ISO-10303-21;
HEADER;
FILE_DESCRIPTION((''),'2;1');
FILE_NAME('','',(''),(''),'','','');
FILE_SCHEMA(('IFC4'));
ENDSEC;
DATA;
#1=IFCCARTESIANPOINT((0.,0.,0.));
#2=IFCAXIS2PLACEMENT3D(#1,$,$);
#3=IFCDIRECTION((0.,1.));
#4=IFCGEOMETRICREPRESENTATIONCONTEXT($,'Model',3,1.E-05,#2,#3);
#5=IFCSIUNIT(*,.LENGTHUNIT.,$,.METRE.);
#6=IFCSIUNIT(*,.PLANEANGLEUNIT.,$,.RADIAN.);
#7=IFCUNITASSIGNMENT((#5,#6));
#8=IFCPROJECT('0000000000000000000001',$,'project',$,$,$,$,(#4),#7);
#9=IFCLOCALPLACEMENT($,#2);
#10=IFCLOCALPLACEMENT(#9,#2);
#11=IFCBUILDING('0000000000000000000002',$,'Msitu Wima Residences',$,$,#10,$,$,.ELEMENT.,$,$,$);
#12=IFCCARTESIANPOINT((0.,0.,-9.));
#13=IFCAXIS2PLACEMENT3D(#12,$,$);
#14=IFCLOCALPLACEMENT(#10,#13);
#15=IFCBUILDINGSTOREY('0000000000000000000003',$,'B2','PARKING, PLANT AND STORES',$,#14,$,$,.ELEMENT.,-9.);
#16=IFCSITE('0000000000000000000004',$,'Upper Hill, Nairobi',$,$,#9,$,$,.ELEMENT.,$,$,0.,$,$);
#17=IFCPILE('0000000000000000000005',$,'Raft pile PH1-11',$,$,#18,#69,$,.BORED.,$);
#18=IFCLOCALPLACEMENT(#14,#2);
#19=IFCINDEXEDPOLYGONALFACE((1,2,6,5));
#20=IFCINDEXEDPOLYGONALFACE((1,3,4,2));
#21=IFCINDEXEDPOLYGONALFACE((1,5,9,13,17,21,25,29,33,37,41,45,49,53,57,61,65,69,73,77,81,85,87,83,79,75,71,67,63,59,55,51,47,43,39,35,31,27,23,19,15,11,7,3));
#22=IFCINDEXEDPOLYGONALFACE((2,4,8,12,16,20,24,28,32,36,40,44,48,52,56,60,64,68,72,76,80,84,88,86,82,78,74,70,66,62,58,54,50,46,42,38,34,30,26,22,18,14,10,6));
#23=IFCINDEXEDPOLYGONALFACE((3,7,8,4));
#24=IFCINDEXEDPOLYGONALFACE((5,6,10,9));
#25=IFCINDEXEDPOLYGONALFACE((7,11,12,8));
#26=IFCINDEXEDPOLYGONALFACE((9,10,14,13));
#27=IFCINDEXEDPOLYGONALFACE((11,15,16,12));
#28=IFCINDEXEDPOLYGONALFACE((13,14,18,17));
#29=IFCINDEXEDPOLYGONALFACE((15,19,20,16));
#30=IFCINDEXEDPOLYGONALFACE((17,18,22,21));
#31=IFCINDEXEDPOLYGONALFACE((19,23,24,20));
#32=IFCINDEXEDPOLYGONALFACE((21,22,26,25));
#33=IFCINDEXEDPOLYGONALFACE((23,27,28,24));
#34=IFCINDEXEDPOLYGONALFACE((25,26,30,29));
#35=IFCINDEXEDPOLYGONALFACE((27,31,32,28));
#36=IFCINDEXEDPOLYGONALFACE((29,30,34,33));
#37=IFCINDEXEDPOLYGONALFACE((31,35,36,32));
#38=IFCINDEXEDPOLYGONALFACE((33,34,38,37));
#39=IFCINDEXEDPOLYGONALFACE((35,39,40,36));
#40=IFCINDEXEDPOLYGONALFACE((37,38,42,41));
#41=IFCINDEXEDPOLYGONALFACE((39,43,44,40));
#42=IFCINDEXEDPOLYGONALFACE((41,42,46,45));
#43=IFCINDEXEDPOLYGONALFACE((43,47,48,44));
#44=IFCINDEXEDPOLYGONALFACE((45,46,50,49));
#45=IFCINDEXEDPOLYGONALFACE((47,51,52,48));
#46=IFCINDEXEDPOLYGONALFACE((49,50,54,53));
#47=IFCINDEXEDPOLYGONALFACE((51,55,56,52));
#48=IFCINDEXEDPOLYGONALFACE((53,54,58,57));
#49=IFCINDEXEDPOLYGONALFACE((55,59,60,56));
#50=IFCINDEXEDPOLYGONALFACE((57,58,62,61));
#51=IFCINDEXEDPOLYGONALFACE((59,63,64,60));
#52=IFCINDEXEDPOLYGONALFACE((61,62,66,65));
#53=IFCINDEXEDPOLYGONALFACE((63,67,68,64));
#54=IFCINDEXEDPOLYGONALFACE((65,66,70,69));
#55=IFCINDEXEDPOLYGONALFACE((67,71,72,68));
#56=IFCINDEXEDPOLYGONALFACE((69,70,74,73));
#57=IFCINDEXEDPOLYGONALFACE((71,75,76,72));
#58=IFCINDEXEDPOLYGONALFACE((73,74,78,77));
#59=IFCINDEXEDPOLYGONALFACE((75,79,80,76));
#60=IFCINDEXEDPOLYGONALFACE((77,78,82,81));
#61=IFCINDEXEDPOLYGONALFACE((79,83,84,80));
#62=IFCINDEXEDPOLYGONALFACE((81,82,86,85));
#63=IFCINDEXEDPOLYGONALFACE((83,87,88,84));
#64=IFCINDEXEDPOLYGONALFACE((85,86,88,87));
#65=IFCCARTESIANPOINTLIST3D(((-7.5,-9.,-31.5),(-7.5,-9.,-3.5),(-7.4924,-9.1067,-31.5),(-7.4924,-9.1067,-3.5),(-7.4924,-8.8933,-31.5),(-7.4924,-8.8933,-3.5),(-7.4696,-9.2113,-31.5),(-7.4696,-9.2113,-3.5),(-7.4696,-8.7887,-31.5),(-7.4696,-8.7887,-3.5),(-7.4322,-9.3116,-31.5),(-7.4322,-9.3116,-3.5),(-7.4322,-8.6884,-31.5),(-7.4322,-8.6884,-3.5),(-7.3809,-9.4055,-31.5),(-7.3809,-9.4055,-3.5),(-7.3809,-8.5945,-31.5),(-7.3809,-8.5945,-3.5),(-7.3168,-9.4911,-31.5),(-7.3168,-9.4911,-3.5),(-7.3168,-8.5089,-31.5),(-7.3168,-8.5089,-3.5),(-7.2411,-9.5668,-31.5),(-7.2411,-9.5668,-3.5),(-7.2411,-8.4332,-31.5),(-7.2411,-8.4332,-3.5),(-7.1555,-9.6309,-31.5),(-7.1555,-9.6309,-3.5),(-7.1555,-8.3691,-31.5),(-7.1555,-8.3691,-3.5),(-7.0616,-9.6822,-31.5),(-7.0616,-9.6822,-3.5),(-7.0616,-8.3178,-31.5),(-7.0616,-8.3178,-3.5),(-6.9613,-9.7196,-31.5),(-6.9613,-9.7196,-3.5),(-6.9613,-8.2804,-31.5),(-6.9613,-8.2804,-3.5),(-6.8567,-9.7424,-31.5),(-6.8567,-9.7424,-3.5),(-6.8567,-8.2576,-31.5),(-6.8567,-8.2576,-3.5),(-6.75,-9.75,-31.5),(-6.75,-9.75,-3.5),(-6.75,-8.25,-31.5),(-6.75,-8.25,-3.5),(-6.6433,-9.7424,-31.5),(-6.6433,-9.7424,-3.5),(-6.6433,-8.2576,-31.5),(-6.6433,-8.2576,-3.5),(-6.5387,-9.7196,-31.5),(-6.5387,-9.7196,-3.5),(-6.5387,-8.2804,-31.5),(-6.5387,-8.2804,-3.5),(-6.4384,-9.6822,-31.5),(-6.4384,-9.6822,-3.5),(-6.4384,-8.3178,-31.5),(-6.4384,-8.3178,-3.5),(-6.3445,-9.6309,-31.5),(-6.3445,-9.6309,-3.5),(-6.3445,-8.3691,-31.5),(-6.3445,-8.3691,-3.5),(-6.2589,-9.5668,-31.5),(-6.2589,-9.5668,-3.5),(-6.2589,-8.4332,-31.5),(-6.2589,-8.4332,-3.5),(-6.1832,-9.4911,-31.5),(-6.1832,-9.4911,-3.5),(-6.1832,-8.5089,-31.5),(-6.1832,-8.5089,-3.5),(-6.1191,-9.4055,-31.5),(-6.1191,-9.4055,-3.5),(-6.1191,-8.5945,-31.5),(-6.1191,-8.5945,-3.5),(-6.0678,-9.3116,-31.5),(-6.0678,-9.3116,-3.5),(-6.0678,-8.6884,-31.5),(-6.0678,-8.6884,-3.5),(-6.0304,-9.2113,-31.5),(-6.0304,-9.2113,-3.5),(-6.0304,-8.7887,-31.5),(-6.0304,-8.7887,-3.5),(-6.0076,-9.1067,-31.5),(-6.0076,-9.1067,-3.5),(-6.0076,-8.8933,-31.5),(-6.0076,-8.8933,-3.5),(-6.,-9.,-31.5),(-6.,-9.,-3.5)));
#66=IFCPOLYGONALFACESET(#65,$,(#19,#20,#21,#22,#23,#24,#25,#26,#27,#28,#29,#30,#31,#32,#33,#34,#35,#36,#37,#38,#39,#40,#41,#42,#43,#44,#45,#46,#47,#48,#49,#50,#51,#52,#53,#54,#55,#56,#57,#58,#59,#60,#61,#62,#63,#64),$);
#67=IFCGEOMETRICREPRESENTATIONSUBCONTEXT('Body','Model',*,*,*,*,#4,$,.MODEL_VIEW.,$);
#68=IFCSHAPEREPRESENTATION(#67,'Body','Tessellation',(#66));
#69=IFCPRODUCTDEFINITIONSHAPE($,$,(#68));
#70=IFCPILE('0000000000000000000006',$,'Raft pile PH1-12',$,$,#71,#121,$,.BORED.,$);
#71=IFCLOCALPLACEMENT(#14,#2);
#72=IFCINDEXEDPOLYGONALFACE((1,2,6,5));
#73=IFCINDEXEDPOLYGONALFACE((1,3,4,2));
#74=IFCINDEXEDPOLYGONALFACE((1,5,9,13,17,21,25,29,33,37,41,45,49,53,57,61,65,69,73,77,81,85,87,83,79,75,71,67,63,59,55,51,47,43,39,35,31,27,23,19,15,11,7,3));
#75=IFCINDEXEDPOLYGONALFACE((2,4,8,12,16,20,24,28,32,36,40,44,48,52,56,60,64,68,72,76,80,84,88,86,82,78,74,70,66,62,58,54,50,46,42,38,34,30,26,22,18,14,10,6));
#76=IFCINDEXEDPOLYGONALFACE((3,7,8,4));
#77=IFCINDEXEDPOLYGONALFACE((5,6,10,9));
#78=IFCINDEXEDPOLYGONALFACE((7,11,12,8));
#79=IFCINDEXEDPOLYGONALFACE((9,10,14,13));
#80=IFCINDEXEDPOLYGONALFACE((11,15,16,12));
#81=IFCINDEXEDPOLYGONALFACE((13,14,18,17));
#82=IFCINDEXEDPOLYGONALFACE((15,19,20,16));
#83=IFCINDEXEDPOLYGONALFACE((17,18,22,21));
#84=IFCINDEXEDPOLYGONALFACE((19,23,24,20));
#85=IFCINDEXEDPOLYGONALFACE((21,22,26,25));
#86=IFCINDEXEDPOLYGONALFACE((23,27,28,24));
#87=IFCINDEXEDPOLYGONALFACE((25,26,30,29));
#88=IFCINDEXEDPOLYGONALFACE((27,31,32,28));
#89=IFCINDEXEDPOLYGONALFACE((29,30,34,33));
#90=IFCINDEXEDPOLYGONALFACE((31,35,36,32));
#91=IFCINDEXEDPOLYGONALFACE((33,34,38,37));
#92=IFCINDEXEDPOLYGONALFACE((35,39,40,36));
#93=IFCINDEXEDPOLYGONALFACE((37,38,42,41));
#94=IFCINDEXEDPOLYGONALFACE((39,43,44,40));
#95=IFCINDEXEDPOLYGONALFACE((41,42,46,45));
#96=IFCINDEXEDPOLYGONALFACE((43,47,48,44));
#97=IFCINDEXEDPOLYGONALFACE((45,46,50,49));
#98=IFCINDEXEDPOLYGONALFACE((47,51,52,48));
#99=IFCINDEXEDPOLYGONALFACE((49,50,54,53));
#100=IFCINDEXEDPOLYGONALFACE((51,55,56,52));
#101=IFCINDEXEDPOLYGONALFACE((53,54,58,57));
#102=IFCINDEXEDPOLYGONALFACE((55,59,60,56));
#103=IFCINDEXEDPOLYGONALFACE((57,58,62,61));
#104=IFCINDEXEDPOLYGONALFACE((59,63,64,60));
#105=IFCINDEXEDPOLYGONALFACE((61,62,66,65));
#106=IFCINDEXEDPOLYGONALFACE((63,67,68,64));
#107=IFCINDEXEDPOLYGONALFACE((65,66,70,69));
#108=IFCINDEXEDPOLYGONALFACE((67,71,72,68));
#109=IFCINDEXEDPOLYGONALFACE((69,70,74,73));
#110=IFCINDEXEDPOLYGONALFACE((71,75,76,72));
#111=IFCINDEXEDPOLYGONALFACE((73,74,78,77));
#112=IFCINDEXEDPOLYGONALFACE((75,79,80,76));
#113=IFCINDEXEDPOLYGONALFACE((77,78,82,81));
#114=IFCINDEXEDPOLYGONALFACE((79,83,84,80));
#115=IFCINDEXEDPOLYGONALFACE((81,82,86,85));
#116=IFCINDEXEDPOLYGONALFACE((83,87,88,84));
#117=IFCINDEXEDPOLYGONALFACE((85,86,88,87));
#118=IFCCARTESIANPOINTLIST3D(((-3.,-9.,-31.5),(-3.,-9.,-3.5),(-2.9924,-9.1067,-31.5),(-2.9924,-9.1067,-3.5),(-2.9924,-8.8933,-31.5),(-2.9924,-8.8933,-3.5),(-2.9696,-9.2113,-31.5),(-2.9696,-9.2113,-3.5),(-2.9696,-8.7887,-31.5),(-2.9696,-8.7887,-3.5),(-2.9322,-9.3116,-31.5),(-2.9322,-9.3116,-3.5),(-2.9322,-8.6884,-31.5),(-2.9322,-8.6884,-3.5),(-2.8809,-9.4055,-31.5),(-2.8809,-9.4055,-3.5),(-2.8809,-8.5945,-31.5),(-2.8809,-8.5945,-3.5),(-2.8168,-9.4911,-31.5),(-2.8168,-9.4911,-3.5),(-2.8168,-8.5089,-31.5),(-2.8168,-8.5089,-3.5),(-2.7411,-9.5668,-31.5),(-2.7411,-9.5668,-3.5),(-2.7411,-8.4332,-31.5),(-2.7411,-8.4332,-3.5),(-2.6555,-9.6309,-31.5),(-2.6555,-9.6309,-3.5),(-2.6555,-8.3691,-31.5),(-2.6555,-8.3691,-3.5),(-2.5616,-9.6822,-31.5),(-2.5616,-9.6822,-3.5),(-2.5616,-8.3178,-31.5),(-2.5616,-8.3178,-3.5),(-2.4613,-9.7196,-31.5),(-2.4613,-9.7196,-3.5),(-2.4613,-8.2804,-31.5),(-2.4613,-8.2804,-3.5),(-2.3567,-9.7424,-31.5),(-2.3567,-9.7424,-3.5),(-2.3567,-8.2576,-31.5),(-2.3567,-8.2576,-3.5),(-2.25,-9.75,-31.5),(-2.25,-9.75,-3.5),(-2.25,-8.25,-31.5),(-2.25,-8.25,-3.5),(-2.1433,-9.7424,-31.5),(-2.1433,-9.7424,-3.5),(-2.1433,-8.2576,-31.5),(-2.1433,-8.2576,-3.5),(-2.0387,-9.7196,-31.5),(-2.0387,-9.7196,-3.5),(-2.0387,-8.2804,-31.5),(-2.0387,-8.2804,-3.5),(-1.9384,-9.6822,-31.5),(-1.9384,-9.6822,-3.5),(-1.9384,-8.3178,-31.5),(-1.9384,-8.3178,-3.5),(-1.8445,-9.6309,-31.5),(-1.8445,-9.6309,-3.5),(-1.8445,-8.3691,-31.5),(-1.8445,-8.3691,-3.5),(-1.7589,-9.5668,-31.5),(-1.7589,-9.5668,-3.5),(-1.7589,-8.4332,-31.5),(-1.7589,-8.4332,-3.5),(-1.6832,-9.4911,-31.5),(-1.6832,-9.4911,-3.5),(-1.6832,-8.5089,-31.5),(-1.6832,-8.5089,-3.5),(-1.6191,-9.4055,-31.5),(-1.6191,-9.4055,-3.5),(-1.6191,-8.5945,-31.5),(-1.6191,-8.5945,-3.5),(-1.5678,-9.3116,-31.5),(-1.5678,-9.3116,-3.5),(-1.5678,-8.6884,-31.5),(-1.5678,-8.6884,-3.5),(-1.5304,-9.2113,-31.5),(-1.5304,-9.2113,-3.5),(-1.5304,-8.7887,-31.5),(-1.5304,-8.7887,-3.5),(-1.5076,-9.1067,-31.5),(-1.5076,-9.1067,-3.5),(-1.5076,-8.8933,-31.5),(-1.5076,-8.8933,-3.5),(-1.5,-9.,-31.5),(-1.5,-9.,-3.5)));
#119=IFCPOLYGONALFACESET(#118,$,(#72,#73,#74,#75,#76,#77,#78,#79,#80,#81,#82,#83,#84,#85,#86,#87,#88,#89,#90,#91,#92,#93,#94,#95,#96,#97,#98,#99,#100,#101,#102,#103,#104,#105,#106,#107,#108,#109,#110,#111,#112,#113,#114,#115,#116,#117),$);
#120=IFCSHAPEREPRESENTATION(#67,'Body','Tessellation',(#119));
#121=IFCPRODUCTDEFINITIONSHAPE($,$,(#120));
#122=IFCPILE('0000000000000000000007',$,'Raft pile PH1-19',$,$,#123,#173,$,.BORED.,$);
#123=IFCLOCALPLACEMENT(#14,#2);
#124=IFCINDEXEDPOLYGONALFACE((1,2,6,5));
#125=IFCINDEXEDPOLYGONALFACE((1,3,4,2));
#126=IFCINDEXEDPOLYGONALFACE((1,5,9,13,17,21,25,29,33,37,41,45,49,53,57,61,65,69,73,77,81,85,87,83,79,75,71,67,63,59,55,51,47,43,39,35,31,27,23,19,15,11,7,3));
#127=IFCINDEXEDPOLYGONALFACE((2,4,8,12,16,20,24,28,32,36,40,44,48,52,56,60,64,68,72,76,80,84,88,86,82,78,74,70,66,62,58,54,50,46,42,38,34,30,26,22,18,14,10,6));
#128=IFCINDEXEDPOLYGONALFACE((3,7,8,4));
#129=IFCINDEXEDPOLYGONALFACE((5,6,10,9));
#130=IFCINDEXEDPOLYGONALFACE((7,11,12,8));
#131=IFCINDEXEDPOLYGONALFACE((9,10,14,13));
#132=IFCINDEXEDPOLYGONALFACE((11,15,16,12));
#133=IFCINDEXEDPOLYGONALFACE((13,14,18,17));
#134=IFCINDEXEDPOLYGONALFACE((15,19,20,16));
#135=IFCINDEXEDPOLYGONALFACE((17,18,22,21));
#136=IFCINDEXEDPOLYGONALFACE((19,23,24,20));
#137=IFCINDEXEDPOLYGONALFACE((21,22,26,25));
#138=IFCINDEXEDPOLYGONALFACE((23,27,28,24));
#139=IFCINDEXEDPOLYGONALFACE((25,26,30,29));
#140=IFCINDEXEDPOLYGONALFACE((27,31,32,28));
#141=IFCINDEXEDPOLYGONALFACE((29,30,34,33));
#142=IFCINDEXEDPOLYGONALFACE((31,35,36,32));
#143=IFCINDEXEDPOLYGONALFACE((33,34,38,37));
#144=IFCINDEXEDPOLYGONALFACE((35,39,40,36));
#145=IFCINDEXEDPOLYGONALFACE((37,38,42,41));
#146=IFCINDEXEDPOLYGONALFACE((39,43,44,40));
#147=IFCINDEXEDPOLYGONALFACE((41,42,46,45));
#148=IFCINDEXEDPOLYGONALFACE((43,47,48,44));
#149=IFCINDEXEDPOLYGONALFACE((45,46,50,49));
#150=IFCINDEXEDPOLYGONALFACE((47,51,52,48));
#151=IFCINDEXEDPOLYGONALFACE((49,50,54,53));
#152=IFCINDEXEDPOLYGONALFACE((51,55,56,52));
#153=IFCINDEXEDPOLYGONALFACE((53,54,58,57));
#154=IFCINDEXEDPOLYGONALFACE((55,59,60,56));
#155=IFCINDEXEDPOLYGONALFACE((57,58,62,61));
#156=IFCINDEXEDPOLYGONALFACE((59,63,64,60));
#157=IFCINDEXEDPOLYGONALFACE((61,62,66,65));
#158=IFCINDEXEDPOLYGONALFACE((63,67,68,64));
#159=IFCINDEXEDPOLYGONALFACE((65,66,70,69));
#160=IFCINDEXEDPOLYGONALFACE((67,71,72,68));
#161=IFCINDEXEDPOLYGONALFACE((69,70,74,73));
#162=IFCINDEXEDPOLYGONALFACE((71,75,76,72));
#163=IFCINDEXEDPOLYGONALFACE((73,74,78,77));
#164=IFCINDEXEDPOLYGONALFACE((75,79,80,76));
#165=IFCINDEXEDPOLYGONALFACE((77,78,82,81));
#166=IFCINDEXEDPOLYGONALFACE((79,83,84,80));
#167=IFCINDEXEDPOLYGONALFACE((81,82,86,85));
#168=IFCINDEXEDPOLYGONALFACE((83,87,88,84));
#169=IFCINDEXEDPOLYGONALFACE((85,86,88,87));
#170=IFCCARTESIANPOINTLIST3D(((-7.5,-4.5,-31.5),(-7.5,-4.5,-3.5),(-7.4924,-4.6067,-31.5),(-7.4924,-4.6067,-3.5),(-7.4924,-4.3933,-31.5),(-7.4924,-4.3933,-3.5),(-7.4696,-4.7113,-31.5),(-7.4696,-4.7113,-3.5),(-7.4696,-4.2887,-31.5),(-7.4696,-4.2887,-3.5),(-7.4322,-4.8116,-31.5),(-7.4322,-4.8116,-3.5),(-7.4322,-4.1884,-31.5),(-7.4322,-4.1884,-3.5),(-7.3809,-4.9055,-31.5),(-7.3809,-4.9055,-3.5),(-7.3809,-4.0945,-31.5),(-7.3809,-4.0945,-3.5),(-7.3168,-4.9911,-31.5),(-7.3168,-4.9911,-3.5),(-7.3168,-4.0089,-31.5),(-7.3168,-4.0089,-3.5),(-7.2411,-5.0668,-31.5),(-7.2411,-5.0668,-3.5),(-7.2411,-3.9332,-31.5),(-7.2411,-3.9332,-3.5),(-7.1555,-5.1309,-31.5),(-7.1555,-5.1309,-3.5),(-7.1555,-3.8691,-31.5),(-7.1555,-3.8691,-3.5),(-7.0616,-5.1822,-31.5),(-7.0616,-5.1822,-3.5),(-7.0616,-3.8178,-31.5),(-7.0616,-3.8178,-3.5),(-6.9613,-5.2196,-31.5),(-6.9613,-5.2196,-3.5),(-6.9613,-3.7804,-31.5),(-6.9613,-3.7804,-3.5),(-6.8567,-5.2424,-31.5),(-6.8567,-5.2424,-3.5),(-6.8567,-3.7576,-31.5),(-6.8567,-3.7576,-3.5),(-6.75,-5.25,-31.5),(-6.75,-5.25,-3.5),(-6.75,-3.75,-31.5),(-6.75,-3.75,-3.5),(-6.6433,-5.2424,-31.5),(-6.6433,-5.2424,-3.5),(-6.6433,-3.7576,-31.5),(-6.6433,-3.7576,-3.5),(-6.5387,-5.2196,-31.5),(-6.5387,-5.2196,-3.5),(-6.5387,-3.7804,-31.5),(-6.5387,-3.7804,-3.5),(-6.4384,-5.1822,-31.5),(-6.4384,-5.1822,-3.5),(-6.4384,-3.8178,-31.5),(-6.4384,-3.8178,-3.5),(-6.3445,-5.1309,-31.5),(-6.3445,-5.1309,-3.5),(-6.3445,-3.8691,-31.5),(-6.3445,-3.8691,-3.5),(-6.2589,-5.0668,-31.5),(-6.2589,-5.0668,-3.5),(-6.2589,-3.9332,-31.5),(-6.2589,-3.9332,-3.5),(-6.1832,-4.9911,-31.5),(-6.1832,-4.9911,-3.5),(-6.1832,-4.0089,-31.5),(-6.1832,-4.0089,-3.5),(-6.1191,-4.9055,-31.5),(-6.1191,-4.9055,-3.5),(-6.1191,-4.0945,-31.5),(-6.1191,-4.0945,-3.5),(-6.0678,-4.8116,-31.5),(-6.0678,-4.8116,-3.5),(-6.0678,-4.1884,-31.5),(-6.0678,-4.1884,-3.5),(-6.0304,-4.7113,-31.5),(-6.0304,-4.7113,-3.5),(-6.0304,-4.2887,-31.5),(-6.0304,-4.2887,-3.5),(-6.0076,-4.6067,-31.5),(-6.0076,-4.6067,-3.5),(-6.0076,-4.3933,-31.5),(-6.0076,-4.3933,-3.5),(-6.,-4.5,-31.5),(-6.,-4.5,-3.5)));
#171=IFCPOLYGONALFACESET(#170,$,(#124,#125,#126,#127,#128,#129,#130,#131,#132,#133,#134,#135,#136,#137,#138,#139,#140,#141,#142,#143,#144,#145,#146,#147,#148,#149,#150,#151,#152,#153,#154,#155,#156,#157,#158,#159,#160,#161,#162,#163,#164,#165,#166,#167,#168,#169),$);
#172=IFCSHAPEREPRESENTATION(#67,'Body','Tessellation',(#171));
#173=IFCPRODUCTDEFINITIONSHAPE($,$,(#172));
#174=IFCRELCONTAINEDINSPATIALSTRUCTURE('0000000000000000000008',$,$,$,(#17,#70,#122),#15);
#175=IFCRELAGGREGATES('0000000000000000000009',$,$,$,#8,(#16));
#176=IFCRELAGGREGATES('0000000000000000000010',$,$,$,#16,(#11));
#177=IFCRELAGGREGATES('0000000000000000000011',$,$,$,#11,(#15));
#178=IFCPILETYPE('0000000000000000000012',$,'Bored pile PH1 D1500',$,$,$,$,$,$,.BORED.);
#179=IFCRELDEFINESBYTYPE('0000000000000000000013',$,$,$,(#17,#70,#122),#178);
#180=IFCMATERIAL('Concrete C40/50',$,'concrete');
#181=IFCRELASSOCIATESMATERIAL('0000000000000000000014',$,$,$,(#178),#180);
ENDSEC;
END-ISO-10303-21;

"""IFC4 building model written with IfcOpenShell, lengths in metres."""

from ifc_helpers import new_model, si_unit, direction, frame, origin, origin_2d, place, context, subcontext, project, spatial, circle, extrude, material, type_object, element, save


model = new_model("IFC4")

# Units and contexts
model_context = context("Model", 3, precision=1e-05, world=origin(), true_north=direction((0.0, 1.0)))
body_context = subcontext(model_context, "Body", "Model", "MODEL_VIEW")
ifc_project = project(units=[si_unit("LENGTHUNIT", "METRE"), si_unit("PLANEANGLEUNIT", "RADIAN")], contexts=[model_context])

# Site, building, storey
site_placement = place(None, origin())
site = spatial("IfcSite", under=ifc_project, at=site_placement, Name="Upper Hill, Nairobi", CompositionType="ELEMENT", RefElevation=0.0)
building_placement = place(site_placement, origin())
building = spatial("IfcBuilding", under=site, at=building_placement, Name="Msitu Wima Residences", CompositionType="ELEMENT")
storey_placement = place(building_placement, frame((0.0, 0.0, -9.0)))
storey = spatial("IfcBuildingStorey", under=building, at=storey_placement, Name="B2", Description="PARKING, PLANT AND STORES", CompositionType="ELEMENT", Elevation=-9.0)

# Piles
ifc_material_1 = material(Name="Concrete C40/50", Category="concrete")
pile_type = type_object("IfcPileType", Name="Bored pile PH1 D1500", PredefinedType="BORED", material=ifc_material_1)
for number, where, z_axis, x_axis, name in (
    (1, (-6.75, -9.0, -3.5), (0.0, 0.0, -1.0), (1.0, 0.0, 0.0), "Raft pile PH1-11"),
    (2, (-2.25, -9.0, -3.5), (0.0, 0.0, -1.0), (1.0, 0.0, 0.0), "Raft pile PH1-12"),
    (3, (-6.75, -4.5, -3.5), (0.0, 0.0, -1.0), (1.0, 0.0, 0.0), "Raft pile PH1-19"),
):
    element("IfcPile", number, at=place(storey_placement, frame(where, z_axis=z_axis, x_axis=x_axis)), inside=storey, type_object=pile_type, Name=name, PredefinedType="BORED", context=body_context, shape_type="SweptSolid", body=[
        extrude(circle(Radius=0.75, at=origin_2d()), origin(), (0.0, 0.0, 1.0), 28.0),
    ])

save(model, "model.ifc")
